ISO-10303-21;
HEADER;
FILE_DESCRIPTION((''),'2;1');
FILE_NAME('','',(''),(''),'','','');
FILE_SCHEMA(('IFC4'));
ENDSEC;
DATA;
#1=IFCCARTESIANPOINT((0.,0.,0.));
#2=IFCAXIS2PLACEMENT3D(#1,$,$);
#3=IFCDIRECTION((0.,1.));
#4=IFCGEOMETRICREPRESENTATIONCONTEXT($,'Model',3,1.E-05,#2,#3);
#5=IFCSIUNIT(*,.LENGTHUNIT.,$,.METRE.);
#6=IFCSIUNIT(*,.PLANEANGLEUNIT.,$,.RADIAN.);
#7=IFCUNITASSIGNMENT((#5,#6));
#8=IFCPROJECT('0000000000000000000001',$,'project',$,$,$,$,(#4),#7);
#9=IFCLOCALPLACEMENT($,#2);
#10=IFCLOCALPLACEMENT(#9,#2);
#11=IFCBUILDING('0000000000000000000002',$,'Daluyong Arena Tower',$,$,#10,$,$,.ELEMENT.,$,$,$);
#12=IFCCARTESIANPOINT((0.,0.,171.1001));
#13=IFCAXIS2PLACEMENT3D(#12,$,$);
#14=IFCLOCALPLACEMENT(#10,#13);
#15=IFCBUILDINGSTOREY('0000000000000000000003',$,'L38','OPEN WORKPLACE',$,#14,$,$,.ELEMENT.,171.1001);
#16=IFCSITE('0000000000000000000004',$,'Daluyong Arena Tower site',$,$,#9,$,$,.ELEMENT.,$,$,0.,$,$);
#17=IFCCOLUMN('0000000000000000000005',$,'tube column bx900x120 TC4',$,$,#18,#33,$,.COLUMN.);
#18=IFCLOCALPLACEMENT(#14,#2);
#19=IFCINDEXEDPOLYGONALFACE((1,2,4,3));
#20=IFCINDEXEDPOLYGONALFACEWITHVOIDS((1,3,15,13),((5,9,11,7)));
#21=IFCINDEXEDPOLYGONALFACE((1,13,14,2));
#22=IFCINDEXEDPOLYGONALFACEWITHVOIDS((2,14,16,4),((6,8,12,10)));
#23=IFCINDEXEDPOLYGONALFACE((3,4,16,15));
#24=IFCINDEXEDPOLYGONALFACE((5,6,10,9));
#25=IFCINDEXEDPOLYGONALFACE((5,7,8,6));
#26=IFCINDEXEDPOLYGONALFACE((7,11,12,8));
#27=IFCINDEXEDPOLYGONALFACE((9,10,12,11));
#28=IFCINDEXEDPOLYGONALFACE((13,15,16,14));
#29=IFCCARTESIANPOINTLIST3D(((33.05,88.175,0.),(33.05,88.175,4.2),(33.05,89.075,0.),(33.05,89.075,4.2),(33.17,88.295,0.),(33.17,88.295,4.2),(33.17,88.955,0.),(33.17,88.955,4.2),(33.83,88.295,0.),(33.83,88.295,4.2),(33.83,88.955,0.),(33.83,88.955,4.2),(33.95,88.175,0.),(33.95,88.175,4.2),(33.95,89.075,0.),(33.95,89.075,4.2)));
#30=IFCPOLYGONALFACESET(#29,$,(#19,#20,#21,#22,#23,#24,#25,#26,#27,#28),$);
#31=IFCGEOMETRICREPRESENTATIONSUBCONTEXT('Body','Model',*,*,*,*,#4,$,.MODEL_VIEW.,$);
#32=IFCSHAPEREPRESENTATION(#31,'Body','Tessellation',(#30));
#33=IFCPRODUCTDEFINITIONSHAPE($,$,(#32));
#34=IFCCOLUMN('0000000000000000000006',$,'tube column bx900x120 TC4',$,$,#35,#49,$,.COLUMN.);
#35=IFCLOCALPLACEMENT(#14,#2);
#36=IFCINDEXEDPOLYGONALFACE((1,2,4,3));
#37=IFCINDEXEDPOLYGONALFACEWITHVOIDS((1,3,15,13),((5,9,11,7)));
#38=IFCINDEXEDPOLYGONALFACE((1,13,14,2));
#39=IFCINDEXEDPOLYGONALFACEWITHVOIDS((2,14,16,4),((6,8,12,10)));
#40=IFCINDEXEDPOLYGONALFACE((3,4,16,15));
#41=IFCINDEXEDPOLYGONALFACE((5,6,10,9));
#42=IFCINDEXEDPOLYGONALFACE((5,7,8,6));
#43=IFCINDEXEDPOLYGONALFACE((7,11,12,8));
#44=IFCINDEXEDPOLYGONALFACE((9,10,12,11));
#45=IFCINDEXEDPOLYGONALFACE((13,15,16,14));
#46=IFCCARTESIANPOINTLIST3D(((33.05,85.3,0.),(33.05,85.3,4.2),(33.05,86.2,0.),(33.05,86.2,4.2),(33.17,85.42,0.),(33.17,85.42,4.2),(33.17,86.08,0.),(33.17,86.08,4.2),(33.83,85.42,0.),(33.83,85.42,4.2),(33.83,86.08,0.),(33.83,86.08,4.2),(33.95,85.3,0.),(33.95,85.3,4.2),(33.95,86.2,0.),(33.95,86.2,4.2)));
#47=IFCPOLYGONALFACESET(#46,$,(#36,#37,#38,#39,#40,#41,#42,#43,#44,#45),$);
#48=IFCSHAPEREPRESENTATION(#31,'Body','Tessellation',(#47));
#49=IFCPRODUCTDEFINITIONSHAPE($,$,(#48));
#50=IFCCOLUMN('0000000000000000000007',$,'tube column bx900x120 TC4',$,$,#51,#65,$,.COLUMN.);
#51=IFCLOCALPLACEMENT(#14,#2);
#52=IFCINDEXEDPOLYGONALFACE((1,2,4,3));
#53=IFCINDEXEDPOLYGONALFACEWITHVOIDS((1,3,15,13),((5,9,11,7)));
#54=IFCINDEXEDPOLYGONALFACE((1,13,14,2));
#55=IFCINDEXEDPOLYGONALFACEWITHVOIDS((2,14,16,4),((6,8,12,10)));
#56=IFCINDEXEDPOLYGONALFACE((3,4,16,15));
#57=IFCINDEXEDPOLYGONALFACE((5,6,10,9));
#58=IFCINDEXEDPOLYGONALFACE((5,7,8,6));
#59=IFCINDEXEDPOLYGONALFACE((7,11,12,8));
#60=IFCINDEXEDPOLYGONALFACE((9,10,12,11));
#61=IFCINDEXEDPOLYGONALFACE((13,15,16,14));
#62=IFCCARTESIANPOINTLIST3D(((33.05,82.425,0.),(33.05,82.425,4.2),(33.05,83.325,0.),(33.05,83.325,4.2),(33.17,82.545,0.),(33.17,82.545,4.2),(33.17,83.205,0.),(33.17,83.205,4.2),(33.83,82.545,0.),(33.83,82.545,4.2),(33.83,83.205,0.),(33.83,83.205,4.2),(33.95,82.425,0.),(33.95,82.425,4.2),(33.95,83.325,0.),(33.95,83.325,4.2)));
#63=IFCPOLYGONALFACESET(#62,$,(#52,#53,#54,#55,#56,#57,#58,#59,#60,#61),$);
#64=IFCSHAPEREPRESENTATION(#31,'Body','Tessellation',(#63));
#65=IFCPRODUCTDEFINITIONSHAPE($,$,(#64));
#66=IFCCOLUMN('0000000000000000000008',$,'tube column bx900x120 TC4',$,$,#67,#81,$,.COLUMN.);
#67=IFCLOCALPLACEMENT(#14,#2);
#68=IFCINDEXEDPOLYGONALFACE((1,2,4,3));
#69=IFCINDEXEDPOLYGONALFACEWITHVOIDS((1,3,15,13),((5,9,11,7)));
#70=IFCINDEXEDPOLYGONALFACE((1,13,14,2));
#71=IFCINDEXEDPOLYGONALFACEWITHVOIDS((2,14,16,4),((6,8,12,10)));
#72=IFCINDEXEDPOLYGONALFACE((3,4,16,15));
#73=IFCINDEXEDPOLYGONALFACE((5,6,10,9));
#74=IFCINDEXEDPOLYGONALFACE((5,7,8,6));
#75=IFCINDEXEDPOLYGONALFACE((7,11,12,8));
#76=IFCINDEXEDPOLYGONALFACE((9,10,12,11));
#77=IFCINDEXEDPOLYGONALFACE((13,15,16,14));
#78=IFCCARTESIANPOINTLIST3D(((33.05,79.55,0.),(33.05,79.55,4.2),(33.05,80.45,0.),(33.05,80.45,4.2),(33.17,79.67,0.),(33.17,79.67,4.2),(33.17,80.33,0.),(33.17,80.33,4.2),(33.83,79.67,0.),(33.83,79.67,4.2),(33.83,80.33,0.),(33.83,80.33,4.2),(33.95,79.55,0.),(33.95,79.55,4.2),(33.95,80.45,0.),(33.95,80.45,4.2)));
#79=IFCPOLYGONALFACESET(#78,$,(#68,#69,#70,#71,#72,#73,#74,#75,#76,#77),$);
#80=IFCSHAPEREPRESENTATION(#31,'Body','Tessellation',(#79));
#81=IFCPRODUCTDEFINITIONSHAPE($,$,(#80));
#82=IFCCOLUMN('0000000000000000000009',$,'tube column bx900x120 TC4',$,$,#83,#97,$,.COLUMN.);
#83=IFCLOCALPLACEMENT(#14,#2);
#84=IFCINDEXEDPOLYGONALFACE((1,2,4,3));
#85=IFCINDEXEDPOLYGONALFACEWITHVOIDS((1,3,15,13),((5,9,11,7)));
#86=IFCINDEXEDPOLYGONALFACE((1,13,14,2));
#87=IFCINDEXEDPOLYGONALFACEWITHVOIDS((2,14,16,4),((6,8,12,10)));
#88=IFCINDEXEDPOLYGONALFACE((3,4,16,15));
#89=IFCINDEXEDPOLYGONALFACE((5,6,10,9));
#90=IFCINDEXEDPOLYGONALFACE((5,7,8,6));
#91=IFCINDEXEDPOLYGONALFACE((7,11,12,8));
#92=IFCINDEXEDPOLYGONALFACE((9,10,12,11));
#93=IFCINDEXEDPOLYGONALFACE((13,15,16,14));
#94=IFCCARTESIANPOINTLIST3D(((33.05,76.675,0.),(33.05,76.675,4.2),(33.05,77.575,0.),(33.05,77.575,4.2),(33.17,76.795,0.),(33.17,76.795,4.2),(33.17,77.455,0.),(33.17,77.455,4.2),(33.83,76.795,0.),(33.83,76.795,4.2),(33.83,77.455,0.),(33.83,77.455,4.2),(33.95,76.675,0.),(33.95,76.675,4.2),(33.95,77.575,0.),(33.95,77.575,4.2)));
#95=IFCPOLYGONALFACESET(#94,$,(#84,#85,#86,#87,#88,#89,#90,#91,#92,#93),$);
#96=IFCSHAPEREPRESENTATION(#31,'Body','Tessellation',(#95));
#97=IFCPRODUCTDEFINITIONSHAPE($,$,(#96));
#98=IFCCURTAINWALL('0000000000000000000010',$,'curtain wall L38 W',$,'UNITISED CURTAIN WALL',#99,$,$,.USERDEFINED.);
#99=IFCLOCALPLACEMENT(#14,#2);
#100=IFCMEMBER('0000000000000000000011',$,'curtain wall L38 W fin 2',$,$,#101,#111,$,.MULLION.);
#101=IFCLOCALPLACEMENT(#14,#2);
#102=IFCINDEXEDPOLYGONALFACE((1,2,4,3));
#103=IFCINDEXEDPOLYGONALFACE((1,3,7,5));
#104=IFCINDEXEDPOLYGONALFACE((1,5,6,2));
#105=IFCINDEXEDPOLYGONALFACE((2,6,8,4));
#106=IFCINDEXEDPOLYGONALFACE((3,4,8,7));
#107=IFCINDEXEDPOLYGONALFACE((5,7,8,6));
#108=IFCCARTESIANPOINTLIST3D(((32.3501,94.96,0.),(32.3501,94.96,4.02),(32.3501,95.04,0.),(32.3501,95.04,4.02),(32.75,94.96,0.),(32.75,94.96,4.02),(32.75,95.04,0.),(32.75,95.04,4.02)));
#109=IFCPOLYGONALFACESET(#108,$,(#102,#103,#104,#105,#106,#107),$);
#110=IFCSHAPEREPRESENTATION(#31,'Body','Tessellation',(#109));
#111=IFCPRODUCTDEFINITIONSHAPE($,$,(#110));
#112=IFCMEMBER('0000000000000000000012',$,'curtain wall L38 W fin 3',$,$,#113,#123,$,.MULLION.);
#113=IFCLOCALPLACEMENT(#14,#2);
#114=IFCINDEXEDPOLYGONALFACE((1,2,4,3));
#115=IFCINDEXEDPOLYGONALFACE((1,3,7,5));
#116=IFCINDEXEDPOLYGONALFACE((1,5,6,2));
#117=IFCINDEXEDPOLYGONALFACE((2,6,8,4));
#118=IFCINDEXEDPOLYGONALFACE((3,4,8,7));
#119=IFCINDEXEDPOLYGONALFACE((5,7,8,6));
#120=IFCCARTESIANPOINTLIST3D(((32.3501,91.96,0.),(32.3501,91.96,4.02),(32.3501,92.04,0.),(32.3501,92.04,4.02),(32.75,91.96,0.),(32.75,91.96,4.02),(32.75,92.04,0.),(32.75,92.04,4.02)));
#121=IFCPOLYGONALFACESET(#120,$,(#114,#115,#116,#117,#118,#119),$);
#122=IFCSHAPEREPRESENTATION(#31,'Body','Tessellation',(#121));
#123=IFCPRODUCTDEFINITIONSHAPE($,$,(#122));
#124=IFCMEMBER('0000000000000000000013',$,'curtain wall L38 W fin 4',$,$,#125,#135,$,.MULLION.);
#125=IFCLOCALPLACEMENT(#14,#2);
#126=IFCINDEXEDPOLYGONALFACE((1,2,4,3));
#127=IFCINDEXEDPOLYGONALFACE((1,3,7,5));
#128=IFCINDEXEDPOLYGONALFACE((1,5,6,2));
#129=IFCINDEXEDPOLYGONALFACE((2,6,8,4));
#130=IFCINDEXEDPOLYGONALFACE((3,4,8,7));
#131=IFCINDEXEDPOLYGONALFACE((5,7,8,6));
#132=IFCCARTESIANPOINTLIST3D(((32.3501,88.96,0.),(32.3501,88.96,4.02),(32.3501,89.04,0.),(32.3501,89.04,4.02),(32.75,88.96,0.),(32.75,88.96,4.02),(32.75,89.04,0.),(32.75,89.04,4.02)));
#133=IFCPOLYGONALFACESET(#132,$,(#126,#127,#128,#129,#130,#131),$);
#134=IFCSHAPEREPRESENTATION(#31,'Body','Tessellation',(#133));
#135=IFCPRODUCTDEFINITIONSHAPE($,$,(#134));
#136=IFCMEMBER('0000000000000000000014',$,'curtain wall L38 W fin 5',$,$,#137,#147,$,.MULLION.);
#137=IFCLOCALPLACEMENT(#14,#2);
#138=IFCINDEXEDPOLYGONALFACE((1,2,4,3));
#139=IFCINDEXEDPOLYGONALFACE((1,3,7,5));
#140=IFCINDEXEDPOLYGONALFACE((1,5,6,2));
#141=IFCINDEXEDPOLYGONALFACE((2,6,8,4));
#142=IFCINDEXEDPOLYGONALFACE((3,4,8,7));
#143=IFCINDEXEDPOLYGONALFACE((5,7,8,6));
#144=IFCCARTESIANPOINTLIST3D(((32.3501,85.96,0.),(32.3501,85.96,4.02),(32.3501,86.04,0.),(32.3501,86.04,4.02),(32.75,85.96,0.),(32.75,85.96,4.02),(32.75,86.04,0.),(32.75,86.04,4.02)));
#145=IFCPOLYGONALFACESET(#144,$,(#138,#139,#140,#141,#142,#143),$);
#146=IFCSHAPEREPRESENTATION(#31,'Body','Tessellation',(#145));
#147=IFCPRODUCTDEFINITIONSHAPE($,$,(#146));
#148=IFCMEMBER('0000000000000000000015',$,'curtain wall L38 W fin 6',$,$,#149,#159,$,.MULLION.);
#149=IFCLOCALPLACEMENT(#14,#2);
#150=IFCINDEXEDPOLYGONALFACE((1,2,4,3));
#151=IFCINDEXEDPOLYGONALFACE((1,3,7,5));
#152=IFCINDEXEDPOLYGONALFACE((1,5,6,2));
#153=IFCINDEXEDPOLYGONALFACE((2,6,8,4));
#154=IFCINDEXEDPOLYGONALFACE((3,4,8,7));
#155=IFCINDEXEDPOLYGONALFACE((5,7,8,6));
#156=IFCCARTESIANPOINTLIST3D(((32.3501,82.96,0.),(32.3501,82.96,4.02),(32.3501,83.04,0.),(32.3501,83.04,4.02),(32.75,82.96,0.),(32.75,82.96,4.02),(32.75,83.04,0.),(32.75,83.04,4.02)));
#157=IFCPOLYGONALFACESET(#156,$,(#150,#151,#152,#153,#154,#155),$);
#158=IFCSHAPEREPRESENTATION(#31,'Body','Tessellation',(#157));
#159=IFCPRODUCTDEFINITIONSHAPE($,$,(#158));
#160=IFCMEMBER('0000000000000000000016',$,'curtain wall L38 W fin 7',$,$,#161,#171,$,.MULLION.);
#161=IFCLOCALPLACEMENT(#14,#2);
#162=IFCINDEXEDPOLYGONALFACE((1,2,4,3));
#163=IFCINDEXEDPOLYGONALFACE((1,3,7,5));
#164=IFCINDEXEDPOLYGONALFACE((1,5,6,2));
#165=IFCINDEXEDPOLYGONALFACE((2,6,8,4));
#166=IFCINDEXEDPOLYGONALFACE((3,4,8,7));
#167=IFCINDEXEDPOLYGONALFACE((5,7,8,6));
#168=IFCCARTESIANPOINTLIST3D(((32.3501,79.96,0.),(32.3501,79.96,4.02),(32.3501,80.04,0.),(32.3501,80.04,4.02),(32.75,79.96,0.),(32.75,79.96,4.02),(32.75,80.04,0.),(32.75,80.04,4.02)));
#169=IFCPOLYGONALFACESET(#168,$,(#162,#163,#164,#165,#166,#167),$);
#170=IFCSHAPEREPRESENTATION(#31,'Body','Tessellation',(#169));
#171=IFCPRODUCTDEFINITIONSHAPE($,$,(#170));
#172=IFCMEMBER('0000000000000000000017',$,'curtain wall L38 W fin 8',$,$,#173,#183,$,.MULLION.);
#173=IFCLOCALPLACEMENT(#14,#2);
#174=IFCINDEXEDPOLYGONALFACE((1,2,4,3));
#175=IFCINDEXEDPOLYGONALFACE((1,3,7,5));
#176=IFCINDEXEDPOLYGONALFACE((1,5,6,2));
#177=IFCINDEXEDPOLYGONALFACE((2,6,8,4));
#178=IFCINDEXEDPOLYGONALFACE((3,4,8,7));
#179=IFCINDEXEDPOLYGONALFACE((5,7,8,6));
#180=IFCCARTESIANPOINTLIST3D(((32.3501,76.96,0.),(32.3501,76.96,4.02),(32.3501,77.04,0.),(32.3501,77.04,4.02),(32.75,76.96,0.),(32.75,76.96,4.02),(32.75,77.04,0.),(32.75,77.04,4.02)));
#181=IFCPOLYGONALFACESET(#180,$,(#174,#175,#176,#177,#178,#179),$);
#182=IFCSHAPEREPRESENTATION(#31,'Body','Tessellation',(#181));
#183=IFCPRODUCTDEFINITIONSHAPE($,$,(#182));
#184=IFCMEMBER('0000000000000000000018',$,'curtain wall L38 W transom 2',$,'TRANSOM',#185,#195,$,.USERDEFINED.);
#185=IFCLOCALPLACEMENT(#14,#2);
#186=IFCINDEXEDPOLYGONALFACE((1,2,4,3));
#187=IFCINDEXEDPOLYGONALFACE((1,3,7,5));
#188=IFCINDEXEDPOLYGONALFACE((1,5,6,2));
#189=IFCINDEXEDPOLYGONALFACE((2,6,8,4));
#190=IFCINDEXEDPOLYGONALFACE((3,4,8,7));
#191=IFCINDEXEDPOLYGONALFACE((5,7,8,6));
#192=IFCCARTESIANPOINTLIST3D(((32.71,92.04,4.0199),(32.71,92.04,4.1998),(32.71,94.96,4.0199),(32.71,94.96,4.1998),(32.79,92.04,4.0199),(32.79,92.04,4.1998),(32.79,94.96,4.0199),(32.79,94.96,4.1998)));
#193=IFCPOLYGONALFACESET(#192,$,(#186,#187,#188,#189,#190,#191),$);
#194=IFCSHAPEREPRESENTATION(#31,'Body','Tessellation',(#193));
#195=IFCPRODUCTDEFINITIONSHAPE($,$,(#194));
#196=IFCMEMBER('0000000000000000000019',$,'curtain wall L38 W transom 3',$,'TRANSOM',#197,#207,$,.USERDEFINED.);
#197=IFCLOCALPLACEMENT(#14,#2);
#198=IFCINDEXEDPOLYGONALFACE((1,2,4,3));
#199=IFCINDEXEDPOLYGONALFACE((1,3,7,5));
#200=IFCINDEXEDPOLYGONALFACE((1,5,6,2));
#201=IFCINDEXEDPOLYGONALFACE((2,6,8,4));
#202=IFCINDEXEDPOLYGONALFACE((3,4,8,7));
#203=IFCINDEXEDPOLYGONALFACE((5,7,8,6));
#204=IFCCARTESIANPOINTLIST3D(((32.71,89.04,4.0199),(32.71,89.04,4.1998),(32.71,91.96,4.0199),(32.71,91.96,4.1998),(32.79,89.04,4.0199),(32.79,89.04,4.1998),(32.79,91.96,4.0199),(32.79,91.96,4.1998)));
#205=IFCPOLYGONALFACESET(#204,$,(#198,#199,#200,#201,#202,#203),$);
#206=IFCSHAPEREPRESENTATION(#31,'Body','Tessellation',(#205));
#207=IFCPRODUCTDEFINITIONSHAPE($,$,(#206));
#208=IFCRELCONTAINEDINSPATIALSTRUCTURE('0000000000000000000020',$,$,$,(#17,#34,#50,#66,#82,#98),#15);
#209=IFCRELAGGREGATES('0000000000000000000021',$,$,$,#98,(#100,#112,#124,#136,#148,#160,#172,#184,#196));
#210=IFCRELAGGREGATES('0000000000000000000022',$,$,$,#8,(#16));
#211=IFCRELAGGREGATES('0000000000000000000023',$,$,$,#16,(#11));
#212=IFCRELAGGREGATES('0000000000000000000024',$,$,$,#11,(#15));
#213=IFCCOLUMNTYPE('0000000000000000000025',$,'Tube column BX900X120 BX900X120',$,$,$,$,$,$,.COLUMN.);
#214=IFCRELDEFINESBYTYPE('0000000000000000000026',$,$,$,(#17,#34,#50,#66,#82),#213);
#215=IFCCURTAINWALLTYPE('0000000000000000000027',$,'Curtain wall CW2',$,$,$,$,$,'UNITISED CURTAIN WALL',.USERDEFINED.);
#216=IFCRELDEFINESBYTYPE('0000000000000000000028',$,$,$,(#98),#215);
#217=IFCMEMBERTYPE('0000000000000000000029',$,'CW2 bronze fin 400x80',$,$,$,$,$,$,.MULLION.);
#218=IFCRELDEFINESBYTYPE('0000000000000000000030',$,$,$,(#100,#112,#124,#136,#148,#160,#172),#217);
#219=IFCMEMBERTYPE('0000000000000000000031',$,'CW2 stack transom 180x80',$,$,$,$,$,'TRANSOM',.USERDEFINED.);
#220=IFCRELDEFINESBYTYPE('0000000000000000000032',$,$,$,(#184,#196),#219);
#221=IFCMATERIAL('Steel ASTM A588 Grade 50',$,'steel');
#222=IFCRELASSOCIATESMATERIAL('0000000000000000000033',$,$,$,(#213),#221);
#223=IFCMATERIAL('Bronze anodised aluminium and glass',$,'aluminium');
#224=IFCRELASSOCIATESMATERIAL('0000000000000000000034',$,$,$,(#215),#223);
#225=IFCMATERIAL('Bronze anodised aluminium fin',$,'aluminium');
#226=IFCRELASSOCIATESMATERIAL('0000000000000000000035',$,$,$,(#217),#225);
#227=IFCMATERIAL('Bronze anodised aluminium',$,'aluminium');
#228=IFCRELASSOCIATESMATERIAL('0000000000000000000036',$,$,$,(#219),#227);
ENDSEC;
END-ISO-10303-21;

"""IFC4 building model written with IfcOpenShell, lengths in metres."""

from ifc_helpers import new_model, si_unit, direction, frame, origin, origin_2d, place, context, subcontext, project, spatial, rectangle, hollow_rectangle, extrude, material, material_profile, profile_set, type_object, element, aggregate, save


model = new_model("IFC4")

# Units and contexts
model_context = context("Model", 3, precision=1e-05, world=origin(), true_north=direction((0.0, 1.0)))
body_context = subcontext(model_context, "Body", "Model", "MODEL_VIEW")
ifc_project = project(units=[si_unit("LENGTHUNIT", "METRE"), si_unit("PLANEANGLEUNIT", "RADIAN")], contexts=[model_context])

# Site, building, storey
site_placement = place(None, origin())
site = spatial("IfcSite", under=ifc_project, at=site_placement, Name="Daluyong Arena Tower site", CompositionType="ELEMENT", RefElevation=0.0)
building_placement = place(site_placement, origin())
building = spatial("IfcBuilding", under=site, at=building_placement, Name="Daluyong Arena Tower", CompositionType="ELEMENT")
storey_placement = place(building_placement, frame((0.0, 0.0, 171.1001)))
storey = spatial("IfcBuildingStorey", under=building, at=storey_placement, Name="L38", Description="OPEN WORKPLACE", CompositionType="ELEMENT", Elevation=171.1001)

# Columns
ifc_material_1 = material(Name="Steel ASTM A588 Grade 50", Category="steel")
ifc_material_profile_1 = material_profile(ifc_material_1, hollow_rectangle(XDim=0.8999, YDim=0.8999, WallThickness=0.12, at=origin_2d()))
ifc_profile_set_1 = profile_set([ifc_material_profile_1], Name="Steel ASTM A588 Grade 50")
column_type = type_object("IfcColumnType", Name="Tube column BX900X120 BX900X120", PredefinedType="COLUMN", material=ifc_profile_set_1)
for number, where, z_axis, x_axis, name in (
    (1, (33.5, 88.625, 0.0), (0.0, 0.0, 1.0), (0.0, 1.0, 0.0), "tube column bx900x120 TC4"),
    (2, (33.5, 85.75, 0.0), (0.0, 0.0, 1.0), (0.0, 1.0, 0.0), "tube column bx900x120 TC4"),
    (3, (33.5, 82.875, 0.0), (0.0, 0.0, 1.0), (0.0, 1.0, 0.0), "tube column bx900x120 TC4"),
    (4, (33.5, 80.0, 0.0), (0.0, 0.0, 1.0), (0.0, 1.0, 0.0), "tube column bx900x120 TC4"),
    (5, (33.5, 77.125, 0.0), (0.0, 0.0, 1.0), (0.0, 1.0, 0.0), "tube column bx900x120 TC4"),
):
    element("IfcColumn", number, at=place(storey_placement, frame(where, z_axis=z_axis, x_axis=x_axis)), inside=storey, type_object=column_type, Name=name, PredefinedType="COLUMN", context=body_context, shape_type="SweptSolid", body=[
        extrude(hollow_rectangle(XDim=0.8999, YDim=0.8999, WallThickness=0.12, at=origin_2d()), origin(), (0.0, 0.0, 1.0), 4.2),
    ])

# Curtain wall, members
ifc_material_2 = material(Name="Bronze anodised aluminium and glass", Category="aluminium")
curtain_wall_type = type_object("IfcCurtainWallType", Name="Curtain wall CW2", ElementType="UNITISED CURTAIN WALL", PredefinedType="USERDEFINED", material=ifc_material_2)
curtain_wall_placement = place(storey_placement, origin())
curtain_wall = element("IfcCurtainWall", 6, at=curtain_wall_placement, inside=storey, type_object=curtain_wall_type, Name="curtain wall L38 W", ObjectType="UNITISED CURTAIN WALL", PredefinedType="USERDEFINED")
ifc_material_3 = material(Name="Bronze anodised aluminium fin", Category="aluminium")
ifc_material_profile_2 = material_profile(ifc_material_3, rectangle(XDim=0.3999, YDim=0.0801, at=origin_2d()))
ifc_profile_set_2 = profile_set([ifc_material_profile_2], Name="Bronze anodised aluminium fin")
member_type_1 = type_object("IfcMemberType", Name="CW2 bronze fin 400x80", PredefinedType="MULLION", material=ifc_profile_set_2)
member_1_placement = place(storey_placement, frame((32.55, 95.0, 0.0), z_axis=(0.0, 0.0, 1.0), x_axis=(1.0, 0.0, 0.0)))
member_1 = element("IfcMember", 7, at=member_1_placement, type_object=member_type_1, Name="curtain wall L38 W fin 2", PredefinedType="MULLION", context=body_context, shape_type="SweptSolid", body=[
    extrude(rectangle(XDim=0.3999, YDim=0.0801, at=origin_2d()), origin(), (0.0, 0.0, 1.0), 4.02),
])
member_2_placement = place(storey_placement, frame((32.55, 92.0, 0.0), z_axis=(0.0, 0.0, 1.0), x_axis=(1.0, 0.0, 0.0)))
member_2 = element("IfcMember", 8, at=member_2_placement, type_object=member_type_1, Name="curtain wall L38 W fin 3", PredefinedType="MULLION", context=body_context, shape_type="SweptSolid", body=[
    extrude(rectangle(XDim=0.3999, YDim=0.0801, at=origin_2d()), origin(), (0.0, 0.0, 1.0), 4.02),
])
member_3_placement = place(storey_placement, frame((32.55, 89.0, 0.0), z_axis=(0.0, 0.0, 1.0), x_axis=(1.0, 0.0, 0.0)))
member_3 = element("IfcMember", 9, at=member_3_placement, type_object=member_type_1, Name="curtain wall L38 W fin 4", PredefinedType="MULLION", context=body_context, shape_type="SweptSolid", body=[
    extrude(rectangle(XDim=0.3999, YDim=0.0801, at=origin_2d()), origin(), (0.0, 0.0, 1.0), 4.02),
])
member_4_placement = place(storey_placement, frame((32.55, 86.0, 0.0), z_axis=(0.0, 0.0, 1.0), x_axis=(1.0, 0.0, 0.0)))
member_4 = element("IfcMember", 10, at=member_4_placement, type_object=member_type_1, Name="curtain wall L38 W fin 5", PredefinedType="MULLION", context=body_context, shape_type="SweptSolid", body=[
    extrude(rectangle(XDim=0.3999, YDim=0.0801, at=origin_2d()), origin(), (0.0, 0.0, 1.0), 4.02),
])
member_5_placement = place(storey_placement, frame((32.55, 83.0, 0.0), z_axis=(0.0, 0.0, 1.0), x_axis=(1.0, 0.0, 0.0)))
member_5 = element("IfcMember", 11, at=member_5_placement, type_object=member_type_1, Name="curtain wall L38 W fin 6", PredefinedType="MULLION", context=body_context, shape_type="SweptSolid", body=[
    extrude(rectangle(XDim=0.3999, YDim=0.0801, at=origin_2d()), origin(), (0.0, 0.0, 1.0), 4.02),
])
member_6_placement = place(storey_placement, frame((32.55, 80.0, 0.0), z_axis=(0.0, 0.0, 1.0), x_axis=(1.0, 0.0, 0.0)))
member_6 = element("IfcMember", 12, at=member_6_placement, type_object=member_type_1, Name="curtain wall L38 W fin 7", PredefinedType="MULLION", context=body_context, shape_type="SweptSolid", body=[
    extrude(rectangle(XDim=0.3999, YDim=0.0801, at=origin_2d()), origin(), (0.0, 0.0, 1.0), 4.02),
])
member_7_placement = place(storey_placement, frame((32.55, 77.0, 0.0), z_axis=(0.0, 0.0, 1.0), x_axis=(1.0, 0.0, 0.0)))
member_7 = element("IfcMember", 13, at=member_7_placement, type_object=member_type_1, Name="curtain wall L38 W fin 8", PredefinedType="MULLION", context=body_context, shape_type="SweptSolid", body=[
    extrude(rectangle(XDim=0.3999, YDim=0.0801, at=origin_2d()), origin(), (0.0, 0.0, 1.0), 4.02),
])
ifc_material_4 = material(Name="Bronze anodised aluminium", Category="aluminium")
ifc_material_profile_3 = material_profile(ifc_material_4, rectangle(XDim=0.0801, YDim=0.1799, at=origin_2d()))
ifc_profile_set_3 = profile_set([ifc_material_profile_3], Name="Bronze anodised aluminium")
member_type_2 = type_object("IfcMemberType", Name="CW2 stack transom 180x80", ElementType="TRANSOM", PredefinedType="USERDEFINED", material=ifc_profile_set_3)
member_8_placement = place(storey_placement, frame((32.75, 94.96, 4.1099), z_axis=(0.0, -1.0, 0.0), x_axis=(1.0, 0.0, 0.0)))
member_8 = element("IfcMember", 14, at=member_8_placement, type_object=member_type_2, Name="curtain wall L38 W transom 2", ObjectType="TRANSOM", PredefinedType="USERDEFINED", context=body_context, shape_type="SweptSolid", body=[
    extrude(rectangle(XDim=0.0801, YDim=0.1799, at=origin_2d()), origin(), (0.0, 0.0, 1.0), 2.9199),
])
member_9_placement = place(storey_placement, frame((32.75, 91.96, 4.1099), z_axis=(0.0, -1.0, 0.0), x_axis=(1.0, 0.0, 0.0)))
member_9 = element("IfcMember", 15, at=member_9_placement, type_object=member_type_2, Name="curtain wall L38 W transom 3", ObjectType="TRANSOM", PredefinedType="USERDEFINED", context=body_context, shape_type="SweptSolid", body=[
    extrude(rectangle(XDim=0.0801, YDim=0.1799, at=origin_2d()), origin(), (0.0, 0.0, 1.0), 2.9199),
])

aggregate(curtain_wall, [member_1, member_2, member_3, member_4, member_5, member_6, member_7, member_8, member_9])

save(model, "model.ifc")
